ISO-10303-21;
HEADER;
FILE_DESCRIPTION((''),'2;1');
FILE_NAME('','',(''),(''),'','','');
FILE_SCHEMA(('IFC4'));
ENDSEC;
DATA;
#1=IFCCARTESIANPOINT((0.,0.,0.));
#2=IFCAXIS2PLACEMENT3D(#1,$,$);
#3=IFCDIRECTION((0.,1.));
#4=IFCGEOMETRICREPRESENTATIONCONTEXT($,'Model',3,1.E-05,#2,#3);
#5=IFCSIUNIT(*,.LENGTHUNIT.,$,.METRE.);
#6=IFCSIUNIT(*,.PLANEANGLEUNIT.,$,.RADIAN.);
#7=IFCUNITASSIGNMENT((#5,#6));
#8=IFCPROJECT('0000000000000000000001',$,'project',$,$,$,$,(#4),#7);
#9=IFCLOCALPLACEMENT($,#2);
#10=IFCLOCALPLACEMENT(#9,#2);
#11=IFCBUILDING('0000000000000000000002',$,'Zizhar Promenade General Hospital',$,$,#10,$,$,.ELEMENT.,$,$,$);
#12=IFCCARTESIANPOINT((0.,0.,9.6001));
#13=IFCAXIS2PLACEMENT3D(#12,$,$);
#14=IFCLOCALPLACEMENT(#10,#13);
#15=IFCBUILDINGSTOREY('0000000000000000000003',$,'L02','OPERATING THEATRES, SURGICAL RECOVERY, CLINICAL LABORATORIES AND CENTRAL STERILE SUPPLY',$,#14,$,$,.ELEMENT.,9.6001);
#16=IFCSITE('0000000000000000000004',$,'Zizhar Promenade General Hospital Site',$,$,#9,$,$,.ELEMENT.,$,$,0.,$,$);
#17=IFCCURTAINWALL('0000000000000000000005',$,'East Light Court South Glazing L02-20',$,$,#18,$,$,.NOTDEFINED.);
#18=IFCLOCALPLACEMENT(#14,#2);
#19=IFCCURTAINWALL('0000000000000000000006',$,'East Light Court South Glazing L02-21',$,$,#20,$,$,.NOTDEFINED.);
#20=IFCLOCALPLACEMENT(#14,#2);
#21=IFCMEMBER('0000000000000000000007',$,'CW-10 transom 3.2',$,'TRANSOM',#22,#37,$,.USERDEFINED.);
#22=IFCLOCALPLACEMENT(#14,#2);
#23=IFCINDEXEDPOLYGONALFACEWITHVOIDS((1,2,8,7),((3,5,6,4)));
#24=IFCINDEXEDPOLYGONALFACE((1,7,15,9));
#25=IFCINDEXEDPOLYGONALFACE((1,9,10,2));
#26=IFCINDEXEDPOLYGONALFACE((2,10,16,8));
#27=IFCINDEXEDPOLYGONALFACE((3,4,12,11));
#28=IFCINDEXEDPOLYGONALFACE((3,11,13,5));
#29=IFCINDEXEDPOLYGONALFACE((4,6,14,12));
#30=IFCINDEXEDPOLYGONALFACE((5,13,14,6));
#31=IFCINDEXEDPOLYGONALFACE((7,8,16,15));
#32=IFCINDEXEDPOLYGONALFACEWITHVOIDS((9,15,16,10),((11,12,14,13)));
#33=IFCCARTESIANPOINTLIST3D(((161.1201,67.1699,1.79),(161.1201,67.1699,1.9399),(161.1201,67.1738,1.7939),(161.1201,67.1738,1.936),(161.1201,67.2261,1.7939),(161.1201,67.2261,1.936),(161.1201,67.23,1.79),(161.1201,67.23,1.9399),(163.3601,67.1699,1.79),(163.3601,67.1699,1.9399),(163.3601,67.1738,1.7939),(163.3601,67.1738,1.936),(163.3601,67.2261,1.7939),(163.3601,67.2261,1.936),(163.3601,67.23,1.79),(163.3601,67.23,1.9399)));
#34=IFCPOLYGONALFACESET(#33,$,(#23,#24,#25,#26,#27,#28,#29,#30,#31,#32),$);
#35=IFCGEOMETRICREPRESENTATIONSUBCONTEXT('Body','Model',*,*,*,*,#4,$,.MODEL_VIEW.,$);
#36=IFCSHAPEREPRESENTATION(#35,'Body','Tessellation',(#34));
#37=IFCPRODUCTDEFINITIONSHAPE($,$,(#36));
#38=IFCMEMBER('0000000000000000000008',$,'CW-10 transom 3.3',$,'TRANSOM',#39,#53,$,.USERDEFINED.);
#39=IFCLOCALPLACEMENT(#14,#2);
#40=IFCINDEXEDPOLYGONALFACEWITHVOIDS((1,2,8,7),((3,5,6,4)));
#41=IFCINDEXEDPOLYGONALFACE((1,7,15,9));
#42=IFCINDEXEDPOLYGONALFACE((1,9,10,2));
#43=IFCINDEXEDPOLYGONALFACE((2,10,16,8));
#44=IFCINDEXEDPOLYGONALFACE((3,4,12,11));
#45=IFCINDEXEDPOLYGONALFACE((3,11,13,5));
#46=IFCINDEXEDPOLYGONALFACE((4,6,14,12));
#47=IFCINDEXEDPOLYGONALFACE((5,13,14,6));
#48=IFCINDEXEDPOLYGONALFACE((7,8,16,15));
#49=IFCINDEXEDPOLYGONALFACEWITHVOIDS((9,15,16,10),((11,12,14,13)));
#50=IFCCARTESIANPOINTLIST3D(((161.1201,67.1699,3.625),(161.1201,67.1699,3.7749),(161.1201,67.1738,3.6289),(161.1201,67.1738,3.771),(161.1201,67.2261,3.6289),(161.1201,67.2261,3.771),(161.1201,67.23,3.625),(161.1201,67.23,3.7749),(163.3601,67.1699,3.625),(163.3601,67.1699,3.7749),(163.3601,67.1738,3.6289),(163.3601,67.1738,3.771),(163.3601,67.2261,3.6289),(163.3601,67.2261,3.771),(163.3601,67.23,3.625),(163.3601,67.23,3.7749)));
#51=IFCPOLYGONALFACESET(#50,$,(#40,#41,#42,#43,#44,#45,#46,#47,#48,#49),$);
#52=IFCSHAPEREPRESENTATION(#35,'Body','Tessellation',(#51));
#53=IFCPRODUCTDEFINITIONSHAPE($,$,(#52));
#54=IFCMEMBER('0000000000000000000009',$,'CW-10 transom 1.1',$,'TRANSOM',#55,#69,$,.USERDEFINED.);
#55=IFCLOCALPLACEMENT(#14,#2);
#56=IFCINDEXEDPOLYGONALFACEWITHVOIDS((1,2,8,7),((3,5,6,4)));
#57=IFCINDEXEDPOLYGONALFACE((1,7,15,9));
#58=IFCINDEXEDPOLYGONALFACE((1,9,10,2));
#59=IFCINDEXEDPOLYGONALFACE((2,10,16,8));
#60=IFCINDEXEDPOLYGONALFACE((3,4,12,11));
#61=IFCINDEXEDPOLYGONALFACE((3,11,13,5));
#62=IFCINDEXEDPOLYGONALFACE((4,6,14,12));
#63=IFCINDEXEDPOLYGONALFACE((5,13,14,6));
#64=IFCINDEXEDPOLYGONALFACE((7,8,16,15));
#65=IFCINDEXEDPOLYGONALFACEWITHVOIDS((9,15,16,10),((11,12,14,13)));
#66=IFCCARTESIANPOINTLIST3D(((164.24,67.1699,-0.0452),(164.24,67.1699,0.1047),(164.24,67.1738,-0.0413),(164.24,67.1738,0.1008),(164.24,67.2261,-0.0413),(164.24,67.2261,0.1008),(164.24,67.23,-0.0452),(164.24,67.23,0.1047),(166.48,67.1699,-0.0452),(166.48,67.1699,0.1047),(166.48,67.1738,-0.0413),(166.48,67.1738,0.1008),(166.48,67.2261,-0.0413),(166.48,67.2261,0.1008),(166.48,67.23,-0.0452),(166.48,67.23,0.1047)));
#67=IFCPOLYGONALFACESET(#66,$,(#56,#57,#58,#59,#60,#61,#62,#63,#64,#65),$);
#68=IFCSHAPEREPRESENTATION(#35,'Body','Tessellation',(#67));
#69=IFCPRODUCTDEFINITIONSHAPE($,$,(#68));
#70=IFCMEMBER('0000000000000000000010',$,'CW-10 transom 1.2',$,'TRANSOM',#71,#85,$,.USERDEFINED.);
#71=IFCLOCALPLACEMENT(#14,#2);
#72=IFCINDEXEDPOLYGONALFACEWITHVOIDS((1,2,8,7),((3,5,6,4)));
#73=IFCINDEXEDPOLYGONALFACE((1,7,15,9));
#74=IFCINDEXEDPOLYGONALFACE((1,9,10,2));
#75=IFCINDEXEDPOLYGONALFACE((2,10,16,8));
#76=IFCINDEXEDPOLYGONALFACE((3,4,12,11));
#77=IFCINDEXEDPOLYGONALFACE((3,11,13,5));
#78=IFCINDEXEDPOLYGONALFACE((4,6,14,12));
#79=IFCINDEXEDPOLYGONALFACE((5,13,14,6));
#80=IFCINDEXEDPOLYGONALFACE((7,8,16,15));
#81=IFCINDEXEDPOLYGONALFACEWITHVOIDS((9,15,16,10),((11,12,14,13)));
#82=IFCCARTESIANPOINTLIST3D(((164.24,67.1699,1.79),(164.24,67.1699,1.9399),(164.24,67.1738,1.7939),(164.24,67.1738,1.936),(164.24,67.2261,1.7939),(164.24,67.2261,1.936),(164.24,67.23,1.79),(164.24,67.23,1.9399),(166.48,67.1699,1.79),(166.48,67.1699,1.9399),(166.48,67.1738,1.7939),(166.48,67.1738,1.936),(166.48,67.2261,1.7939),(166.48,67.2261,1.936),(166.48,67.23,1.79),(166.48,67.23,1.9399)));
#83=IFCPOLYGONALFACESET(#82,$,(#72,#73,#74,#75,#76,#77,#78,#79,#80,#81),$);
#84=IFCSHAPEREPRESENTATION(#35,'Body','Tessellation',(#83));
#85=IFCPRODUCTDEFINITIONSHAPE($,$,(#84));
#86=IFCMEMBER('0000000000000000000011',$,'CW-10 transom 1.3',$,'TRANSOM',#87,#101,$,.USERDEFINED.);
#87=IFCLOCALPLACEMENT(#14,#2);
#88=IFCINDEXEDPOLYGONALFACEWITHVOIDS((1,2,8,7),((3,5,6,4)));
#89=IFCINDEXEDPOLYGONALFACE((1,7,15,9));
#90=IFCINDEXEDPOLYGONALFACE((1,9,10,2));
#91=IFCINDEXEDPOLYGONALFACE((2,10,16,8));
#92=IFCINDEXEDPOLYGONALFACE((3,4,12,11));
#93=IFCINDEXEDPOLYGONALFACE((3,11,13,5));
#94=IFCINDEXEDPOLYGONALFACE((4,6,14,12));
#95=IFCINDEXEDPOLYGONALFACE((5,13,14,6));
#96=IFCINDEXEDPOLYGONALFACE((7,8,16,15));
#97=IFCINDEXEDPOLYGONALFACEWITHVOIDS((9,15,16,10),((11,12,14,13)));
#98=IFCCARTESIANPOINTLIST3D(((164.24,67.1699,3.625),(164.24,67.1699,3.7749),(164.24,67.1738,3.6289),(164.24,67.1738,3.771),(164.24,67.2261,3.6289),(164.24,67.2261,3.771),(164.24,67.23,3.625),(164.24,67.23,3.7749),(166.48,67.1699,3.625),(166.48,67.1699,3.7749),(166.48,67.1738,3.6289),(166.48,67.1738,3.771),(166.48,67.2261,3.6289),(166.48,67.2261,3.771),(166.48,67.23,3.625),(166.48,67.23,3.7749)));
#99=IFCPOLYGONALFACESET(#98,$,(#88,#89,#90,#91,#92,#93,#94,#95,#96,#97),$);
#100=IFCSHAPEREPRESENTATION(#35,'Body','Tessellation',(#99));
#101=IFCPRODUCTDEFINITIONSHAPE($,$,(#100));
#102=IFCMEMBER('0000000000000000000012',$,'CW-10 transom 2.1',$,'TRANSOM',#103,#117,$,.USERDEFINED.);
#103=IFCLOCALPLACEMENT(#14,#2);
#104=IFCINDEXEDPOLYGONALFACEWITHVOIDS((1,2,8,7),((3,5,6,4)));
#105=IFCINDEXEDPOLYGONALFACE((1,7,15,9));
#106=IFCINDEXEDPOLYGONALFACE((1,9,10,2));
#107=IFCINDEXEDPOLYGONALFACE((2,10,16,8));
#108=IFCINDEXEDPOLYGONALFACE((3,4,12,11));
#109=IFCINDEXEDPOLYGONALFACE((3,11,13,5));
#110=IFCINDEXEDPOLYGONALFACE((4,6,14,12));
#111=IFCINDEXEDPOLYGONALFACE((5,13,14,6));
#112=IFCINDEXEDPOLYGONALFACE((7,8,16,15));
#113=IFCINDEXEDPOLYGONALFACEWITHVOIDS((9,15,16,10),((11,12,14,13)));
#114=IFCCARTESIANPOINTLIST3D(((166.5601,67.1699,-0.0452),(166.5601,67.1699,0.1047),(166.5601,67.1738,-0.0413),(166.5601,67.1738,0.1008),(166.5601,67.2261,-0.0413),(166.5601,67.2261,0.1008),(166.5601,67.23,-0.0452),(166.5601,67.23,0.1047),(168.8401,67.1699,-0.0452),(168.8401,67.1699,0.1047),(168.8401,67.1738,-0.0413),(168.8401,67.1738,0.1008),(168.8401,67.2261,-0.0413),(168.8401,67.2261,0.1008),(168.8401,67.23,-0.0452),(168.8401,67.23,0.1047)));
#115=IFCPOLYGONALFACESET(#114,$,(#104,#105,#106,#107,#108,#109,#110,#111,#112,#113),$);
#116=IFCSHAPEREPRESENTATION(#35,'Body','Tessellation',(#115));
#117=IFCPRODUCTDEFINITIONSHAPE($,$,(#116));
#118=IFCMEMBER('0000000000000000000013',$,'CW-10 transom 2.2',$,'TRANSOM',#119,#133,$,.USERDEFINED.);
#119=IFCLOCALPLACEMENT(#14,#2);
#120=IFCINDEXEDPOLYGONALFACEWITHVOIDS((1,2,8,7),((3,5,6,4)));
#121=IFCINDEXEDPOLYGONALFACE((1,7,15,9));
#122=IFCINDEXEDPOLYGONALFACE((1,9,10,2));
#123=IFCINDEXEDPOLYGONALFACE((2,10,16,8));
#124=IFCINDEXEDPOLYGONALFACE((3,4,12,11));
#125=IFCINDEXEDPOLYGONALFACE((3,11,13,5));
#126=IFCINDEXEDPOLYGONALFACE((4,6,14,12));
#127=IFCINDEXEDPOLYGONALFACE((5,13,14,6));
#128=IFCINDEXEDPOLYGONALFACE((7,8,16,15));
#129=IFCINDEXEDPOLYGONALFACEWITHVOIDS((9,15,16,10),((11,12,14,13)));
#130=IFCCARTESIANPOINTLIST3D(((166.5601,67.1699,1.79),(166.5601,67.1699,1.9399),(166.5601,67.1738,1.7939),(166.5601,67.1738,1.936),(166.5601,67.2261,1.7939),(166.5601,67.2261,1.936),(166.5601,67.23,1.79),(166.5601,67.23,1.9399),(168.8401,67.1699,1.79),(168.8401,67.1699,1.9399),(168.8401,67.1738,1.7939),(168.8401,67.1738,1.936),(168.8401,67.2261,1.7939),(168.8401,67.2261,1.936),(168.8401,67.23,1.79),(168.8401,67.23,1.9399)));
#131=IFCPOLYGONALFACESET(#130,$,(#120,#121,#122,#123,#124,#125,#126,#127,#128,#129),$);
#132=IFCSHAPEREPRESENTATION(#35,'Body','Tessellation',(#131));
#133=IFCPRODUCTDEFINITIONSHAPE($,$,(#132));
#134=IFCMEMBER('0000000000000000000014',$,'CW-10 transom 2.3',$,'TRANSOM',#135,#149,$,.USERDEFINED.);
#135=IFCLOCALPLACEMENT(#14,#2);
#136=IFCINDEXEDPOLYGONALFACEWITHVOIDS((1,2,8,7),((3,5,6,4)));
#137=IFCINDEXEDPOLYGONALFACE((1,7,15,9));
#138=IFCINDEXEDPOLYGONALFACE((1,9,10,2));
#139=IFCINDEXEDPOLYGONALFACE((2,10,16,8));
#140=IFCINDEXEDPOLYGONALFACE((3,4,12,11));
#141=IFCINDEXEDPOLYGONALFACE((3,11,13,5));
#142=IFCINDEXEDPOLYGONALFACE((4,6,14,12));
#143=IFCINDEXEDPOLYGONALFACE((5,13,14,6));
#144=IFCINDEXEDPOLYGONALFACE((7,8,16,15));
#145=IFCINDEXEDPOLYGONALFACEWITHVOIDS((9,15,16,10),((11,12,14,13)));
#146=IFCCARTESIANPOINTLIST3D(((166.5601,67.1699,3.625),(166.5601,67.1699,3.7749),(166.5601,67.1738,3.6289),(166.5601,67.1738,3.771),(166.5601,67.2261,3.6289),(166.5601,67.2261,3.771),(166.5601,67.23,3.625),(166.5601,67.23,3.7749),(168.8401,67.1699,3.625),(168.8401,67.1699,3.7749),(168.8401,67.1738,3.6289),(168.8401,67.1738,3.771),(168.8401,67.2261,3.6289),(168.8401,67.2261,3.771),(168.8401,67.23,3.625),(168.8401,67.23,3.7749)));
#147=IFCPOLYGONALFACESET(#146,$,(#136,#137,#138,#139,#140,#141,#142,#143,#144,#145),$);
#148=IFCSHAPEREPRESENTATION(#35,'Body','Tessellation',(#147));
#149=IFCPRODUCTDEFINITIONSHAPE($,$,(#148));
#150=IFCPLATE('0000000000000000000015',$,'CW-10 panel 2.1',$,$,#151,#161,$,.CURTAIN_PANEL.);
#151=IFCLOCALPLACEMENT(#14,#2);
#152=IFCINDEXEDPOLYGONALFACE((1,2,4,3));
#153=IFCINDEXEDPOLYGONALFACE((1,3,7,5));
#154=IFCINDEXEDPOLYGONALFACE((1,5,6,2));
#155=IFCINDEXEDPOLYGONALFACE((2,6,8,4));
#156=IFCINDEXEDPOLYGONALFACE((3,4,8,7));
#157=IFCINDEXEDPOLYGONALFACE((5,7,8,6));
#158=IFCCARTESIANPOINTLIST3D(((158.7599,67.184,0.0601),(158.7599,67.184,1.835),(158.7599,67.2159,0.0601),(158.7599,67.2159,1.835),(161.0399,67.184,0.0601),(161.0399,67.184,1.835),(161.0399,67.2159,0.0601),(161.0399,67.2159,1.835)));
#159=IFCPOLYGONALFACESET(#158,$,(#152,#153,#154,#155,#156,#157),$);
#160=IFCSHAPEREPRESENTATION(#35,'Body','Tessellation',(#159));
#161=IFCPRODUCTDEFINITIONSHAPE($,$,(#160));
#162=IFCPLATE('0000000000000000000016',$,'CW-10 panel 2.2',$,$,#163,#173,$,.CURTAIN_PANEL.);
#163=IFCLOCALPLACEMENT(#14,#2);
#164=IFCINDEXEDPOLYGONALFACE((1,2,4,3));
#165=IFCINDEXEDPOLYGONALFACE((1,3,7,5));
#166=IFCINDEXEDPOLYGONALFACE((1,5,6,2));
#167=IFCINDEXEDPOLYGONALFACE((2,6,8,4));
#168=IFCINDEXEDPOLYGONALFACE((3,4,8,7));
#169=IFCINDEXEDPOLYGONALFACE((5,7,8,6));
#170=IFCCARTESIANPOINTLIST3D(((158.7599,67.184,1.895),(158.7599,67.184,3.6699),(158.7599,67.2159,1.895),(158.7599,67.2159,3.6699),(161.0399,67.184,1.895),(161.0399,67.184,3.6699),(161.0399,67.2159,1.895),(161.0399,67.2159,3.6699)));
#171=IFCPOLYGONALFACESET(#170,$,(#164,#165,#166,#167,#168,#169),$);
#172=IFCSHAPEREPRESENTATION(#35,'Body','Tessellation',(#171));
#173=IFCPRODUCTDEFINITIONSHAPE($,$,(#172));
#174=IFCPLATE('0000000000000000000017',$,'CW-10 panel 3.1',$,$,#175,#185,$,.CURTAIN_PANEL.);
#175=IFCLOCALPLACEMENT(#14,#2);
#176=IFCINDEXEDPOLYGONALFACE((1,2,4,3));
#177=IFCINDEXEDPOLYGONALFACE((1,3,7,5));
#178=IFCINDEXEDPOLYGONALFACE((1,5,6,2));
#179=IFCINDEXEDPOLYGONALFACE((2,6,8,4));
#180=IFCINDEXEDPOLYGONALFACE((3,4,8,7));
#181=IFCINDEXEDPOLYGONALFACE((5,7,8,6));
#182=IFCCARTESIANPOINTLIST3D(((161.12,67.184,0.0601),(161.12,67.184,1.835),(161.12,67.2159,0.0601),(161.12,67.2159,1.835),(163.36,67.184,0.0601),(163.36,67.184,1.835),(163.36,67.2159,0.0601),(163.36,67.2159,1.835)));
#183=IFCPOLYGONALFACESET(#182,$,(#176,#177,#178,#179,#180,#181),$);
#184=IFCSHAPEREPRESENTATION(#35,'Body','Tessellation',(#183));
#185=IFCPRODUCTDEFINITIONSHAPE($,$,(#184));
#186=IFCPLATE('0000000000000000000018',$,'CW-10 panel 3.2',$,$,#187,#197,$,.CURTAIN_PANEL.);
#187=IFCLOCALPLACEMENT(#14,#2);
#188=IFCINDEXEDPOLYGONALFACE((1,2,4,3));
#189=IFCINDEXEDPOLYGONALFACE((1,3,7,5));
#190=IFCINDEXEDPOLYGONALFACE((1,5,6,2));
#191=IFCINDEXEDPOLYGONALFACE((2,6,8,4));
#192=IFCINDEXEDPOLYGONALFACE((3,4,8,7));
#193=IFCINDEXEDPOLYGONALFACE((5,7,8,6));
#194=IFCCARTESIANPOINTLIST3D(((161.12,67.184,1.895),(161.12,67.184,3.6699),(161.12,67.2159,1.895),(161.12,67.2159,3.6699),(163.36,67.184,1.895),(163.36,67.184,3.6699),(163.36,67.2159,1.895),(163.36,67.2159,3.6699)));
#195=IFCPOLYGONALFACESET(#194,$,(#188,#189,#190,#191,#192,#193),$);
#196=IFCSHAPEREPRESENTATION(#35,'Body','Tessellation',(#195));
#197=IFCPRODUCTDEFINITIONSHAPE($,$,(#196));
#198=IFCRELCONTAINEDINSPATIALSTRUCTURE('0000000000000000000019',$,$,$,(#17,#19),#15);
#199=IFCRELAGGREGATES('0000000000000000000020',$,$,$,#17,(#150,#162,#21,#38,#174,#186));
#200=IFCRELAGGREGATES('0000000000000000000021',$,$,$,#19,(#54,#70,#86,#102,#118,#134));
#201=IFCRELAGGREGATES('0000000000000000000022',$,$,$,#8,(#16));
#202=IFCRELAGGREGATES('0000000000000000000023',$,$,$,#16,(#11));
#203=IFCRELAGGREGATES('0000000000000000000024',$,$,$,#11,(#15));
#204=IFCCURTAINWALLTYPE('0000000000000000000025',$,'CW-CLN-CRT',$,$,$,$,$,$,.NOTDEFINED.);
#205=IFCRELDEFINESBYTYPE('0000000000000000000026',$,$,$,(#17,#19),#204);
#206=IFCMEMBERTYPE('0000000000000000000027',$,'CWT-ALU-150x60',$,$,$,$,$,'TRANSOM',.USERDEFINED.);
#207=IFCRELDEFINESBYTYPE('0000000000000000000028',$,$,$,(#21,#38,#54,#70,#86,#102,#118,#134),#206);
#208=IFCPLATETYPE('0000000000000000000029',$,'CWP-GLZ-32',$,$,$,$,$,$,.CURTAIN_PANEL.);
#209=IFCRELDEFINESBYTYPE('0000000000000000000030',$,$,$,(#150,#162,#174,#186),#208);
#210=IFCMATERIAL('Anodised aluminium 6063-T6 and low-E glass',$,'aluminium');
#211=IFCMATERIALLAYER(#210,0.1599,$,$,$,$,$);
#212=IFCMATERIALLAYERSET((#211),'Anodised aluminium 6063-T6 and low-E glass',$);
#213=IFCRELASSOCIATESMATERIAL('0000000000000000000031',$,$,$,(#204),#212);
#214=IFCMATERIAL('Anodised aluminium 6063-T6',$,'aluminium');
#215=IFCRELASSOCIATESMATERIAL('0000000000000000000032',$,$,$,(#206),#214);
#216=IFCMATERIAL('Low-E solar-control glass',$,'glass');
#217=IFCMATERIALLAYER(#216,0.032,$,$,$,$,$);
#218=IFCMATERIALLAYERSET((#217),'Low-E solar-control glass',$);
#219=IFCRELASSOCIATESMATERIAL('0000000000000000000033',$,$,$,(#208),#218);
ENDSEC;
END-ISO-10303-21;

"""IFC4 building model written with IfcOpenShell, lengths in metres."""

from ifc_helpers import new_model, si_unit, direction, frame, origin, origin_2d, place, context, subcontext, project, spatial, rectangle, hollow_rectangle, extrude, material, layer, layer_set, material_profile, profile_set, type_object, element, aggregate, save


model = new_model("IFC4")

# Units and contexts
model_context = context("Model", 3, precision=1e-05, world=origin(), true_north=direction((0.0, 1.0)))
body_context = subcontext(model_context, "Body", "Model", "MODEL_VIEW")
ifc_project = project(units=[si_unit("LENGTHUNIT", "METRE"), si_unit("PLANEANGLEUNIT", "RADIAN")], contexts=[model_context])

# Site, building, storey
site_placement = place(None, origin())
site = spatial("IfcSite", under=ifc_project, at=site_placement, Name="Zizhar Promenade General Hospital Site", CompositionType="ELEMENT", RefElevation=0.0)
building_placement = place(site_placement, origin())
building = spatial("IfcBuilding", under=site, at=building_placement, Name="Zizhar Promenade General Hospital", CompositionType="ELEMENT")
storey_placement = place(building_placement, frame((0.0, 0.0, 9.6001)))
storey = spatial("IfcBuildingStorey", under=building, at=storey_placement, Name="L02", Description="OPERATING THEATRES, SURGICAL RECOVERY, CLINICAL LABORATORIES AND CENTRAL STERILE SUPPLY", CompositionType="ELEMENT", Elevation=9.6001)

# Curtain walls
ifc_material_1 = material(Name="Anodised aluminium 6063-T6 and low-E glass", Category="aluminium")
ifc_layer_1 = layer(ifc_material_1, 0.1599)
ifc_layer_set_1 = layer_set([ifc_layer_1], Name="Anodised aluminium 6063-T6 and low-E glass")
curtain_wall_type = type_object("IfcCurtainWallType", Name="CW-CLN-CRT", PredefinedType="NOTDEFINED", material=ifc_layer_set_1)
curtain_wall_1_placement = place(storey_placement, origin())
curtain_wall_1 = element("IfcCurtainWall", 1, at=curtain_wall_1_placement, inside=storey, type_object=curtain_wall_type, Name="East Light Court South Glazing L02-20", PredefinedType="NOTDEFINED")
curtain_wall_2_placement = place(storey_placement, origin())
curtain_wall_2 = element("IfcCurtainWall", 2, at=curtain_wall_2_placement, inside=storey, type_object=curtain_wall_type, Name="East Light Court South Glazing L02-21", PredefinedType="NOTDEFINED")

# Members
ifc_material_2 = material(Name="Anodised aluminium 6063-T6", Category="aluminium")
ifc_material_profile_1 = material_profile(ifc_material_2, hollow_rectangle(XDim=0.0601, YDim=0.1499, WallThickness=0.0039, at=origin_2d()))
ifc_profile_set_1 = profile_set([ifc_material_profile_1], Name="Anodised aluminium 6063-T6")
member_type_1 = type_object("IfcMemberType", Name="CWT-ALU-150x60", ElementType="TRANSOM", PredefinedType="USERDEFINED", material=ifc_profile_set_1)
member_1_placement = place(storey_placement, frame((161.1201, 67.2, 1.865), z_axis=(1.0, 0.0, 0.0), x_axis=(0.0, 1.0, 0.0)))
member_1 = element("IfcMember", 3, at=member_1_placement, type_object=member_type_1, Name="CW-10 transom 3.2", ObjectType="TRANSOM", PredefinedType="USERDEFINED", context=body_context, shape_type="SweptSolid", body=[
    extrude(hollow_rectangle(XDim=0.0601, YDim=0.1499, WallThickness=0.0039, at=origin_2d()), origin(), (0.0, 0.0, 1.0), 2.24),
])
member_2_placement = place(storey_placement, frame((161.1201, 67.2, 3.7), z_axis=(1.0, 0.0, 0.0), x_axis=(0.0, 1.0, 0.0)))
member_2 = element("IfcMember", 4, at=member_2_placement, type_object=member_type_1, Name="CW-10 transom 3.3", ObjectType="TRANSOM", PredefinedType="USERDEFINED", context=body_context, shape_type="SweptSolid", body=[
    extrude(hollow_rectangle(XDim=0.0601, YDim=0.1499, WallThickness=0.0039, at=origin_2d()), origin(), (0.0, 0.0, 1.0), 2.24),
])
member_3_placement = place(storey_placement, frame((164.24, 67.2, 0.0298), z_axis=(1.0, 0.0, 0.0), x_axis=(0.0, 1.0, 0.0)))
member_3 = element("IfcMember", 5, at=member_3_placement, type_object=member_type_1, Name="CW-10 transom 1.1", ObjectType="TRANSOM", PredefinedType="USERDEFINED", context=body_context, shape_type="SweptSolid", body=[
    extrude(hollow_rectangle(XDim=0.0601, YDim=0.1499, WallThickness=0.0039, at=origin_2d()), origin(), (0.0, 0.0, 1.0), 2.24),
])
member_4_placement = place(storey_placement, frame((164.24, 67.2, 1.865), z_axis=(1.0, 0.0, 0.0), x_axis=(0.0, 1.0, 0.0)))
member_4 = element("IfcMember", 6, at=member_4_placement, type_object=member_type_1, Name="CW-10 transom 1.2", ObjectType="TRANSOM", PredefinedType="USERDEFINED", context=body_context, shape_type="SweptSolid", body=[
    extrude(hollow_rectangle(XDim=0.0601, YDim=0.1499, WallThickness=0.0039, at=origin_2d()), origin(), (0.0, 0.0, 1.0), 2.24),
])
member_5_placement = place(storey_placement, frame((164.24, 67.2, 3.7), z_axis=(1.0, 0.0, 0.0), x_axis=(0.0, 1.0, 0.0)))
member_5 = element("IfcMember", 7, at=member_5_placement, type_object=member_type_1, Name="CW-10 transom 1.3", ObjectType="TRANSOM", PredefinedType="USERDEFINED", context=body_context, shape_type="SweptSolid", body=[
    extrude(hollow_rectangle(XDim=0.0601, YDim=0.1499, WallThickness=0.0039, at=origin_2d()), origin(), (0.0, 0.0, 1.0), 2.24),
])
member_6_placement = place(storey_placement, frame((166.5601, 67.2, 0.0298), z_axis=(1.0, 0.0, 0.0), x_axis=(0.0, 1.0, 0.0)))
member_6 = element("IfcMember", 8, at=member_6_placement, type_object=member_type_1, Name="CW-10 transom 2.1", ObjectType="TRANSOM", PredefinedType="USERDEFINED", context=body_context, shape_type="SweptSolid", body=[
    extrude(hollow_rectangle(XDim=0.0601, YDim=0.1499, WallThickness=0.0039, at=origin_2d()), origin(), (0.0, 0.0, 1.0), 2.28),
])
member_7_placement = place(storey_placement, frame((166.5601, 67.2, 1.865), z_axis=(1.0, 0.0, 0.0), x_axis=(0.0, 1.0, 0.0)))
member_7 = element("IfcMember", 9, at=member_7_placement, type_object=member_type_1, Name="CW-10 transom 2.2", ObjectType="TRANSOM", PredefinedType="USERDEFINED", context=body_context, shape_type="SweptSolid", body=[
    extrude(hollow_rectangle(XDim=0.0601, YDim=0.1499, WallThickness=0.0039, at=origin_2d()), origin(), (0.0, 0.0, 1.0), 2.28),
])
member_8_placement = place(storey_placement, frame((166.5601, 67.2, 3.7), z_axis=(1.0, 0.0, 0.0), x_axis=(0.0, 1.0, 0.0)))
member_8 = element("IfcMember", 10, at=member_8_placement, type_object=member_type_1, Name="CW-10 transom 2.3", ObjectType="TRANSOM", PredefinedType="USERDEFINED", context=body_context, shape_type="SweptSolid", body=[
    extrude(hollow_rectangle(XDim=0.0601, YDim=0.1499, WallThickness=0.0039, at=origin_2d()), origin(), (0.0, 0.0, 1.0), 2.28),
])

# Plates
ifc_material_3 = material(Name="Low-E solar-control glass", Category="glass")
ifc_layer_2 = layer(ifc_material_3, 0.032)
ifc_layer_set_2 = layer_set([ifc_layer_2], Name="Low-E solar-control glass")
plate_type = type_object("IfcPlateType", Name="CWP-GLZ-32", PredefinedType="CURTAIN_PANEL", material=ifc_layer_set_2)
plate_1_placement = place(storey_placement, frame((159.8999, 67.2, 0.0601), z_axis=(0.0, 0.0, 1.0), x_axis=(1.0, 0.0, 0.0)))
plate_1 = element("IfcPlate", 11, at=plate_1_placement, type_object=plate_type, Name="CW-10 panel 2.1", PredefinedType="CURTAIN_PANEL", context=body_context, shape_type="SweptSolid", body=[
    extrude(rectangle(XDim=2.28, YDim=0.032, at=origin_2d()), origin(), (0.0, 0.0, 1.0), 1.7749),
])
plate_2_placement = place(storey_placement, frame((159.8999, 67.2, 1.895), z_axis=(0.0, 0.0, 1.0), x_axis=(1.0, 0.0, 0.0)))
plate_2 = element("IfcPlate", 12, at=plate_2_placement, type_object=plate_type, Name="CW-10 panel 2.2", PredefinedType="CURTAIN_PANEL", context=body_context, shape_type="SweptSolid", body=[
    extrude(rectangle(XDim=2.28, YDim=0.032, at=origin_2d()), origin(), (0.0, 0.0, 1.0), 1.7749),
])
plate_3_placement = place(storey_placement, frame((162.24, 67.2, 0.0601), z_axis=(0.0, 0.0, 1.0), x_axis=(1.0, 0.0, 0.0)))
plate_3 = element("IfcPlate", 13, at=plate_3_placement, type_object=plate_type, Name="CW-10 panel 3.1", PredefinedType="CURTAIN_PANEL", context=body_context, shape_type="SweptSolid", body=[
    extrude(rectangle(XDim=2.24, YDim=0.032, at=origin_2d()), origin(), (0.0, 0.0, 1.0), 1.7749),
])
plate_4_placement = place(storey_placement, frame((162.24, 67.2, 1.895), z_axis=(0.0, 0.0, 1.0), x_axis=(1.0, 0.0, 0.0)))
plate_4 = element("IfcPlate", 14, at=plate_4_placement, type_object=plate_type, Name="CW-10 panel 3.2", PredefinedType="CURTAIN_PANEL", context=body_context, shape_type="SweptSolid", body=[
    extrude(rectangle(XDim=2.24, YDim=0.032, at=origin_2d()), origin(), (0.0, 0.0, 1.0), 1.7749),
])
aggregate(curtain_wall_1, [plate_1, plate_2, member_1, member_2, plate_3, plate_4])
aggregate(curtain_wall_2, [member_3, member_4, member_5, member_6, member_7, member_8])

save(model, "model.ifc")
